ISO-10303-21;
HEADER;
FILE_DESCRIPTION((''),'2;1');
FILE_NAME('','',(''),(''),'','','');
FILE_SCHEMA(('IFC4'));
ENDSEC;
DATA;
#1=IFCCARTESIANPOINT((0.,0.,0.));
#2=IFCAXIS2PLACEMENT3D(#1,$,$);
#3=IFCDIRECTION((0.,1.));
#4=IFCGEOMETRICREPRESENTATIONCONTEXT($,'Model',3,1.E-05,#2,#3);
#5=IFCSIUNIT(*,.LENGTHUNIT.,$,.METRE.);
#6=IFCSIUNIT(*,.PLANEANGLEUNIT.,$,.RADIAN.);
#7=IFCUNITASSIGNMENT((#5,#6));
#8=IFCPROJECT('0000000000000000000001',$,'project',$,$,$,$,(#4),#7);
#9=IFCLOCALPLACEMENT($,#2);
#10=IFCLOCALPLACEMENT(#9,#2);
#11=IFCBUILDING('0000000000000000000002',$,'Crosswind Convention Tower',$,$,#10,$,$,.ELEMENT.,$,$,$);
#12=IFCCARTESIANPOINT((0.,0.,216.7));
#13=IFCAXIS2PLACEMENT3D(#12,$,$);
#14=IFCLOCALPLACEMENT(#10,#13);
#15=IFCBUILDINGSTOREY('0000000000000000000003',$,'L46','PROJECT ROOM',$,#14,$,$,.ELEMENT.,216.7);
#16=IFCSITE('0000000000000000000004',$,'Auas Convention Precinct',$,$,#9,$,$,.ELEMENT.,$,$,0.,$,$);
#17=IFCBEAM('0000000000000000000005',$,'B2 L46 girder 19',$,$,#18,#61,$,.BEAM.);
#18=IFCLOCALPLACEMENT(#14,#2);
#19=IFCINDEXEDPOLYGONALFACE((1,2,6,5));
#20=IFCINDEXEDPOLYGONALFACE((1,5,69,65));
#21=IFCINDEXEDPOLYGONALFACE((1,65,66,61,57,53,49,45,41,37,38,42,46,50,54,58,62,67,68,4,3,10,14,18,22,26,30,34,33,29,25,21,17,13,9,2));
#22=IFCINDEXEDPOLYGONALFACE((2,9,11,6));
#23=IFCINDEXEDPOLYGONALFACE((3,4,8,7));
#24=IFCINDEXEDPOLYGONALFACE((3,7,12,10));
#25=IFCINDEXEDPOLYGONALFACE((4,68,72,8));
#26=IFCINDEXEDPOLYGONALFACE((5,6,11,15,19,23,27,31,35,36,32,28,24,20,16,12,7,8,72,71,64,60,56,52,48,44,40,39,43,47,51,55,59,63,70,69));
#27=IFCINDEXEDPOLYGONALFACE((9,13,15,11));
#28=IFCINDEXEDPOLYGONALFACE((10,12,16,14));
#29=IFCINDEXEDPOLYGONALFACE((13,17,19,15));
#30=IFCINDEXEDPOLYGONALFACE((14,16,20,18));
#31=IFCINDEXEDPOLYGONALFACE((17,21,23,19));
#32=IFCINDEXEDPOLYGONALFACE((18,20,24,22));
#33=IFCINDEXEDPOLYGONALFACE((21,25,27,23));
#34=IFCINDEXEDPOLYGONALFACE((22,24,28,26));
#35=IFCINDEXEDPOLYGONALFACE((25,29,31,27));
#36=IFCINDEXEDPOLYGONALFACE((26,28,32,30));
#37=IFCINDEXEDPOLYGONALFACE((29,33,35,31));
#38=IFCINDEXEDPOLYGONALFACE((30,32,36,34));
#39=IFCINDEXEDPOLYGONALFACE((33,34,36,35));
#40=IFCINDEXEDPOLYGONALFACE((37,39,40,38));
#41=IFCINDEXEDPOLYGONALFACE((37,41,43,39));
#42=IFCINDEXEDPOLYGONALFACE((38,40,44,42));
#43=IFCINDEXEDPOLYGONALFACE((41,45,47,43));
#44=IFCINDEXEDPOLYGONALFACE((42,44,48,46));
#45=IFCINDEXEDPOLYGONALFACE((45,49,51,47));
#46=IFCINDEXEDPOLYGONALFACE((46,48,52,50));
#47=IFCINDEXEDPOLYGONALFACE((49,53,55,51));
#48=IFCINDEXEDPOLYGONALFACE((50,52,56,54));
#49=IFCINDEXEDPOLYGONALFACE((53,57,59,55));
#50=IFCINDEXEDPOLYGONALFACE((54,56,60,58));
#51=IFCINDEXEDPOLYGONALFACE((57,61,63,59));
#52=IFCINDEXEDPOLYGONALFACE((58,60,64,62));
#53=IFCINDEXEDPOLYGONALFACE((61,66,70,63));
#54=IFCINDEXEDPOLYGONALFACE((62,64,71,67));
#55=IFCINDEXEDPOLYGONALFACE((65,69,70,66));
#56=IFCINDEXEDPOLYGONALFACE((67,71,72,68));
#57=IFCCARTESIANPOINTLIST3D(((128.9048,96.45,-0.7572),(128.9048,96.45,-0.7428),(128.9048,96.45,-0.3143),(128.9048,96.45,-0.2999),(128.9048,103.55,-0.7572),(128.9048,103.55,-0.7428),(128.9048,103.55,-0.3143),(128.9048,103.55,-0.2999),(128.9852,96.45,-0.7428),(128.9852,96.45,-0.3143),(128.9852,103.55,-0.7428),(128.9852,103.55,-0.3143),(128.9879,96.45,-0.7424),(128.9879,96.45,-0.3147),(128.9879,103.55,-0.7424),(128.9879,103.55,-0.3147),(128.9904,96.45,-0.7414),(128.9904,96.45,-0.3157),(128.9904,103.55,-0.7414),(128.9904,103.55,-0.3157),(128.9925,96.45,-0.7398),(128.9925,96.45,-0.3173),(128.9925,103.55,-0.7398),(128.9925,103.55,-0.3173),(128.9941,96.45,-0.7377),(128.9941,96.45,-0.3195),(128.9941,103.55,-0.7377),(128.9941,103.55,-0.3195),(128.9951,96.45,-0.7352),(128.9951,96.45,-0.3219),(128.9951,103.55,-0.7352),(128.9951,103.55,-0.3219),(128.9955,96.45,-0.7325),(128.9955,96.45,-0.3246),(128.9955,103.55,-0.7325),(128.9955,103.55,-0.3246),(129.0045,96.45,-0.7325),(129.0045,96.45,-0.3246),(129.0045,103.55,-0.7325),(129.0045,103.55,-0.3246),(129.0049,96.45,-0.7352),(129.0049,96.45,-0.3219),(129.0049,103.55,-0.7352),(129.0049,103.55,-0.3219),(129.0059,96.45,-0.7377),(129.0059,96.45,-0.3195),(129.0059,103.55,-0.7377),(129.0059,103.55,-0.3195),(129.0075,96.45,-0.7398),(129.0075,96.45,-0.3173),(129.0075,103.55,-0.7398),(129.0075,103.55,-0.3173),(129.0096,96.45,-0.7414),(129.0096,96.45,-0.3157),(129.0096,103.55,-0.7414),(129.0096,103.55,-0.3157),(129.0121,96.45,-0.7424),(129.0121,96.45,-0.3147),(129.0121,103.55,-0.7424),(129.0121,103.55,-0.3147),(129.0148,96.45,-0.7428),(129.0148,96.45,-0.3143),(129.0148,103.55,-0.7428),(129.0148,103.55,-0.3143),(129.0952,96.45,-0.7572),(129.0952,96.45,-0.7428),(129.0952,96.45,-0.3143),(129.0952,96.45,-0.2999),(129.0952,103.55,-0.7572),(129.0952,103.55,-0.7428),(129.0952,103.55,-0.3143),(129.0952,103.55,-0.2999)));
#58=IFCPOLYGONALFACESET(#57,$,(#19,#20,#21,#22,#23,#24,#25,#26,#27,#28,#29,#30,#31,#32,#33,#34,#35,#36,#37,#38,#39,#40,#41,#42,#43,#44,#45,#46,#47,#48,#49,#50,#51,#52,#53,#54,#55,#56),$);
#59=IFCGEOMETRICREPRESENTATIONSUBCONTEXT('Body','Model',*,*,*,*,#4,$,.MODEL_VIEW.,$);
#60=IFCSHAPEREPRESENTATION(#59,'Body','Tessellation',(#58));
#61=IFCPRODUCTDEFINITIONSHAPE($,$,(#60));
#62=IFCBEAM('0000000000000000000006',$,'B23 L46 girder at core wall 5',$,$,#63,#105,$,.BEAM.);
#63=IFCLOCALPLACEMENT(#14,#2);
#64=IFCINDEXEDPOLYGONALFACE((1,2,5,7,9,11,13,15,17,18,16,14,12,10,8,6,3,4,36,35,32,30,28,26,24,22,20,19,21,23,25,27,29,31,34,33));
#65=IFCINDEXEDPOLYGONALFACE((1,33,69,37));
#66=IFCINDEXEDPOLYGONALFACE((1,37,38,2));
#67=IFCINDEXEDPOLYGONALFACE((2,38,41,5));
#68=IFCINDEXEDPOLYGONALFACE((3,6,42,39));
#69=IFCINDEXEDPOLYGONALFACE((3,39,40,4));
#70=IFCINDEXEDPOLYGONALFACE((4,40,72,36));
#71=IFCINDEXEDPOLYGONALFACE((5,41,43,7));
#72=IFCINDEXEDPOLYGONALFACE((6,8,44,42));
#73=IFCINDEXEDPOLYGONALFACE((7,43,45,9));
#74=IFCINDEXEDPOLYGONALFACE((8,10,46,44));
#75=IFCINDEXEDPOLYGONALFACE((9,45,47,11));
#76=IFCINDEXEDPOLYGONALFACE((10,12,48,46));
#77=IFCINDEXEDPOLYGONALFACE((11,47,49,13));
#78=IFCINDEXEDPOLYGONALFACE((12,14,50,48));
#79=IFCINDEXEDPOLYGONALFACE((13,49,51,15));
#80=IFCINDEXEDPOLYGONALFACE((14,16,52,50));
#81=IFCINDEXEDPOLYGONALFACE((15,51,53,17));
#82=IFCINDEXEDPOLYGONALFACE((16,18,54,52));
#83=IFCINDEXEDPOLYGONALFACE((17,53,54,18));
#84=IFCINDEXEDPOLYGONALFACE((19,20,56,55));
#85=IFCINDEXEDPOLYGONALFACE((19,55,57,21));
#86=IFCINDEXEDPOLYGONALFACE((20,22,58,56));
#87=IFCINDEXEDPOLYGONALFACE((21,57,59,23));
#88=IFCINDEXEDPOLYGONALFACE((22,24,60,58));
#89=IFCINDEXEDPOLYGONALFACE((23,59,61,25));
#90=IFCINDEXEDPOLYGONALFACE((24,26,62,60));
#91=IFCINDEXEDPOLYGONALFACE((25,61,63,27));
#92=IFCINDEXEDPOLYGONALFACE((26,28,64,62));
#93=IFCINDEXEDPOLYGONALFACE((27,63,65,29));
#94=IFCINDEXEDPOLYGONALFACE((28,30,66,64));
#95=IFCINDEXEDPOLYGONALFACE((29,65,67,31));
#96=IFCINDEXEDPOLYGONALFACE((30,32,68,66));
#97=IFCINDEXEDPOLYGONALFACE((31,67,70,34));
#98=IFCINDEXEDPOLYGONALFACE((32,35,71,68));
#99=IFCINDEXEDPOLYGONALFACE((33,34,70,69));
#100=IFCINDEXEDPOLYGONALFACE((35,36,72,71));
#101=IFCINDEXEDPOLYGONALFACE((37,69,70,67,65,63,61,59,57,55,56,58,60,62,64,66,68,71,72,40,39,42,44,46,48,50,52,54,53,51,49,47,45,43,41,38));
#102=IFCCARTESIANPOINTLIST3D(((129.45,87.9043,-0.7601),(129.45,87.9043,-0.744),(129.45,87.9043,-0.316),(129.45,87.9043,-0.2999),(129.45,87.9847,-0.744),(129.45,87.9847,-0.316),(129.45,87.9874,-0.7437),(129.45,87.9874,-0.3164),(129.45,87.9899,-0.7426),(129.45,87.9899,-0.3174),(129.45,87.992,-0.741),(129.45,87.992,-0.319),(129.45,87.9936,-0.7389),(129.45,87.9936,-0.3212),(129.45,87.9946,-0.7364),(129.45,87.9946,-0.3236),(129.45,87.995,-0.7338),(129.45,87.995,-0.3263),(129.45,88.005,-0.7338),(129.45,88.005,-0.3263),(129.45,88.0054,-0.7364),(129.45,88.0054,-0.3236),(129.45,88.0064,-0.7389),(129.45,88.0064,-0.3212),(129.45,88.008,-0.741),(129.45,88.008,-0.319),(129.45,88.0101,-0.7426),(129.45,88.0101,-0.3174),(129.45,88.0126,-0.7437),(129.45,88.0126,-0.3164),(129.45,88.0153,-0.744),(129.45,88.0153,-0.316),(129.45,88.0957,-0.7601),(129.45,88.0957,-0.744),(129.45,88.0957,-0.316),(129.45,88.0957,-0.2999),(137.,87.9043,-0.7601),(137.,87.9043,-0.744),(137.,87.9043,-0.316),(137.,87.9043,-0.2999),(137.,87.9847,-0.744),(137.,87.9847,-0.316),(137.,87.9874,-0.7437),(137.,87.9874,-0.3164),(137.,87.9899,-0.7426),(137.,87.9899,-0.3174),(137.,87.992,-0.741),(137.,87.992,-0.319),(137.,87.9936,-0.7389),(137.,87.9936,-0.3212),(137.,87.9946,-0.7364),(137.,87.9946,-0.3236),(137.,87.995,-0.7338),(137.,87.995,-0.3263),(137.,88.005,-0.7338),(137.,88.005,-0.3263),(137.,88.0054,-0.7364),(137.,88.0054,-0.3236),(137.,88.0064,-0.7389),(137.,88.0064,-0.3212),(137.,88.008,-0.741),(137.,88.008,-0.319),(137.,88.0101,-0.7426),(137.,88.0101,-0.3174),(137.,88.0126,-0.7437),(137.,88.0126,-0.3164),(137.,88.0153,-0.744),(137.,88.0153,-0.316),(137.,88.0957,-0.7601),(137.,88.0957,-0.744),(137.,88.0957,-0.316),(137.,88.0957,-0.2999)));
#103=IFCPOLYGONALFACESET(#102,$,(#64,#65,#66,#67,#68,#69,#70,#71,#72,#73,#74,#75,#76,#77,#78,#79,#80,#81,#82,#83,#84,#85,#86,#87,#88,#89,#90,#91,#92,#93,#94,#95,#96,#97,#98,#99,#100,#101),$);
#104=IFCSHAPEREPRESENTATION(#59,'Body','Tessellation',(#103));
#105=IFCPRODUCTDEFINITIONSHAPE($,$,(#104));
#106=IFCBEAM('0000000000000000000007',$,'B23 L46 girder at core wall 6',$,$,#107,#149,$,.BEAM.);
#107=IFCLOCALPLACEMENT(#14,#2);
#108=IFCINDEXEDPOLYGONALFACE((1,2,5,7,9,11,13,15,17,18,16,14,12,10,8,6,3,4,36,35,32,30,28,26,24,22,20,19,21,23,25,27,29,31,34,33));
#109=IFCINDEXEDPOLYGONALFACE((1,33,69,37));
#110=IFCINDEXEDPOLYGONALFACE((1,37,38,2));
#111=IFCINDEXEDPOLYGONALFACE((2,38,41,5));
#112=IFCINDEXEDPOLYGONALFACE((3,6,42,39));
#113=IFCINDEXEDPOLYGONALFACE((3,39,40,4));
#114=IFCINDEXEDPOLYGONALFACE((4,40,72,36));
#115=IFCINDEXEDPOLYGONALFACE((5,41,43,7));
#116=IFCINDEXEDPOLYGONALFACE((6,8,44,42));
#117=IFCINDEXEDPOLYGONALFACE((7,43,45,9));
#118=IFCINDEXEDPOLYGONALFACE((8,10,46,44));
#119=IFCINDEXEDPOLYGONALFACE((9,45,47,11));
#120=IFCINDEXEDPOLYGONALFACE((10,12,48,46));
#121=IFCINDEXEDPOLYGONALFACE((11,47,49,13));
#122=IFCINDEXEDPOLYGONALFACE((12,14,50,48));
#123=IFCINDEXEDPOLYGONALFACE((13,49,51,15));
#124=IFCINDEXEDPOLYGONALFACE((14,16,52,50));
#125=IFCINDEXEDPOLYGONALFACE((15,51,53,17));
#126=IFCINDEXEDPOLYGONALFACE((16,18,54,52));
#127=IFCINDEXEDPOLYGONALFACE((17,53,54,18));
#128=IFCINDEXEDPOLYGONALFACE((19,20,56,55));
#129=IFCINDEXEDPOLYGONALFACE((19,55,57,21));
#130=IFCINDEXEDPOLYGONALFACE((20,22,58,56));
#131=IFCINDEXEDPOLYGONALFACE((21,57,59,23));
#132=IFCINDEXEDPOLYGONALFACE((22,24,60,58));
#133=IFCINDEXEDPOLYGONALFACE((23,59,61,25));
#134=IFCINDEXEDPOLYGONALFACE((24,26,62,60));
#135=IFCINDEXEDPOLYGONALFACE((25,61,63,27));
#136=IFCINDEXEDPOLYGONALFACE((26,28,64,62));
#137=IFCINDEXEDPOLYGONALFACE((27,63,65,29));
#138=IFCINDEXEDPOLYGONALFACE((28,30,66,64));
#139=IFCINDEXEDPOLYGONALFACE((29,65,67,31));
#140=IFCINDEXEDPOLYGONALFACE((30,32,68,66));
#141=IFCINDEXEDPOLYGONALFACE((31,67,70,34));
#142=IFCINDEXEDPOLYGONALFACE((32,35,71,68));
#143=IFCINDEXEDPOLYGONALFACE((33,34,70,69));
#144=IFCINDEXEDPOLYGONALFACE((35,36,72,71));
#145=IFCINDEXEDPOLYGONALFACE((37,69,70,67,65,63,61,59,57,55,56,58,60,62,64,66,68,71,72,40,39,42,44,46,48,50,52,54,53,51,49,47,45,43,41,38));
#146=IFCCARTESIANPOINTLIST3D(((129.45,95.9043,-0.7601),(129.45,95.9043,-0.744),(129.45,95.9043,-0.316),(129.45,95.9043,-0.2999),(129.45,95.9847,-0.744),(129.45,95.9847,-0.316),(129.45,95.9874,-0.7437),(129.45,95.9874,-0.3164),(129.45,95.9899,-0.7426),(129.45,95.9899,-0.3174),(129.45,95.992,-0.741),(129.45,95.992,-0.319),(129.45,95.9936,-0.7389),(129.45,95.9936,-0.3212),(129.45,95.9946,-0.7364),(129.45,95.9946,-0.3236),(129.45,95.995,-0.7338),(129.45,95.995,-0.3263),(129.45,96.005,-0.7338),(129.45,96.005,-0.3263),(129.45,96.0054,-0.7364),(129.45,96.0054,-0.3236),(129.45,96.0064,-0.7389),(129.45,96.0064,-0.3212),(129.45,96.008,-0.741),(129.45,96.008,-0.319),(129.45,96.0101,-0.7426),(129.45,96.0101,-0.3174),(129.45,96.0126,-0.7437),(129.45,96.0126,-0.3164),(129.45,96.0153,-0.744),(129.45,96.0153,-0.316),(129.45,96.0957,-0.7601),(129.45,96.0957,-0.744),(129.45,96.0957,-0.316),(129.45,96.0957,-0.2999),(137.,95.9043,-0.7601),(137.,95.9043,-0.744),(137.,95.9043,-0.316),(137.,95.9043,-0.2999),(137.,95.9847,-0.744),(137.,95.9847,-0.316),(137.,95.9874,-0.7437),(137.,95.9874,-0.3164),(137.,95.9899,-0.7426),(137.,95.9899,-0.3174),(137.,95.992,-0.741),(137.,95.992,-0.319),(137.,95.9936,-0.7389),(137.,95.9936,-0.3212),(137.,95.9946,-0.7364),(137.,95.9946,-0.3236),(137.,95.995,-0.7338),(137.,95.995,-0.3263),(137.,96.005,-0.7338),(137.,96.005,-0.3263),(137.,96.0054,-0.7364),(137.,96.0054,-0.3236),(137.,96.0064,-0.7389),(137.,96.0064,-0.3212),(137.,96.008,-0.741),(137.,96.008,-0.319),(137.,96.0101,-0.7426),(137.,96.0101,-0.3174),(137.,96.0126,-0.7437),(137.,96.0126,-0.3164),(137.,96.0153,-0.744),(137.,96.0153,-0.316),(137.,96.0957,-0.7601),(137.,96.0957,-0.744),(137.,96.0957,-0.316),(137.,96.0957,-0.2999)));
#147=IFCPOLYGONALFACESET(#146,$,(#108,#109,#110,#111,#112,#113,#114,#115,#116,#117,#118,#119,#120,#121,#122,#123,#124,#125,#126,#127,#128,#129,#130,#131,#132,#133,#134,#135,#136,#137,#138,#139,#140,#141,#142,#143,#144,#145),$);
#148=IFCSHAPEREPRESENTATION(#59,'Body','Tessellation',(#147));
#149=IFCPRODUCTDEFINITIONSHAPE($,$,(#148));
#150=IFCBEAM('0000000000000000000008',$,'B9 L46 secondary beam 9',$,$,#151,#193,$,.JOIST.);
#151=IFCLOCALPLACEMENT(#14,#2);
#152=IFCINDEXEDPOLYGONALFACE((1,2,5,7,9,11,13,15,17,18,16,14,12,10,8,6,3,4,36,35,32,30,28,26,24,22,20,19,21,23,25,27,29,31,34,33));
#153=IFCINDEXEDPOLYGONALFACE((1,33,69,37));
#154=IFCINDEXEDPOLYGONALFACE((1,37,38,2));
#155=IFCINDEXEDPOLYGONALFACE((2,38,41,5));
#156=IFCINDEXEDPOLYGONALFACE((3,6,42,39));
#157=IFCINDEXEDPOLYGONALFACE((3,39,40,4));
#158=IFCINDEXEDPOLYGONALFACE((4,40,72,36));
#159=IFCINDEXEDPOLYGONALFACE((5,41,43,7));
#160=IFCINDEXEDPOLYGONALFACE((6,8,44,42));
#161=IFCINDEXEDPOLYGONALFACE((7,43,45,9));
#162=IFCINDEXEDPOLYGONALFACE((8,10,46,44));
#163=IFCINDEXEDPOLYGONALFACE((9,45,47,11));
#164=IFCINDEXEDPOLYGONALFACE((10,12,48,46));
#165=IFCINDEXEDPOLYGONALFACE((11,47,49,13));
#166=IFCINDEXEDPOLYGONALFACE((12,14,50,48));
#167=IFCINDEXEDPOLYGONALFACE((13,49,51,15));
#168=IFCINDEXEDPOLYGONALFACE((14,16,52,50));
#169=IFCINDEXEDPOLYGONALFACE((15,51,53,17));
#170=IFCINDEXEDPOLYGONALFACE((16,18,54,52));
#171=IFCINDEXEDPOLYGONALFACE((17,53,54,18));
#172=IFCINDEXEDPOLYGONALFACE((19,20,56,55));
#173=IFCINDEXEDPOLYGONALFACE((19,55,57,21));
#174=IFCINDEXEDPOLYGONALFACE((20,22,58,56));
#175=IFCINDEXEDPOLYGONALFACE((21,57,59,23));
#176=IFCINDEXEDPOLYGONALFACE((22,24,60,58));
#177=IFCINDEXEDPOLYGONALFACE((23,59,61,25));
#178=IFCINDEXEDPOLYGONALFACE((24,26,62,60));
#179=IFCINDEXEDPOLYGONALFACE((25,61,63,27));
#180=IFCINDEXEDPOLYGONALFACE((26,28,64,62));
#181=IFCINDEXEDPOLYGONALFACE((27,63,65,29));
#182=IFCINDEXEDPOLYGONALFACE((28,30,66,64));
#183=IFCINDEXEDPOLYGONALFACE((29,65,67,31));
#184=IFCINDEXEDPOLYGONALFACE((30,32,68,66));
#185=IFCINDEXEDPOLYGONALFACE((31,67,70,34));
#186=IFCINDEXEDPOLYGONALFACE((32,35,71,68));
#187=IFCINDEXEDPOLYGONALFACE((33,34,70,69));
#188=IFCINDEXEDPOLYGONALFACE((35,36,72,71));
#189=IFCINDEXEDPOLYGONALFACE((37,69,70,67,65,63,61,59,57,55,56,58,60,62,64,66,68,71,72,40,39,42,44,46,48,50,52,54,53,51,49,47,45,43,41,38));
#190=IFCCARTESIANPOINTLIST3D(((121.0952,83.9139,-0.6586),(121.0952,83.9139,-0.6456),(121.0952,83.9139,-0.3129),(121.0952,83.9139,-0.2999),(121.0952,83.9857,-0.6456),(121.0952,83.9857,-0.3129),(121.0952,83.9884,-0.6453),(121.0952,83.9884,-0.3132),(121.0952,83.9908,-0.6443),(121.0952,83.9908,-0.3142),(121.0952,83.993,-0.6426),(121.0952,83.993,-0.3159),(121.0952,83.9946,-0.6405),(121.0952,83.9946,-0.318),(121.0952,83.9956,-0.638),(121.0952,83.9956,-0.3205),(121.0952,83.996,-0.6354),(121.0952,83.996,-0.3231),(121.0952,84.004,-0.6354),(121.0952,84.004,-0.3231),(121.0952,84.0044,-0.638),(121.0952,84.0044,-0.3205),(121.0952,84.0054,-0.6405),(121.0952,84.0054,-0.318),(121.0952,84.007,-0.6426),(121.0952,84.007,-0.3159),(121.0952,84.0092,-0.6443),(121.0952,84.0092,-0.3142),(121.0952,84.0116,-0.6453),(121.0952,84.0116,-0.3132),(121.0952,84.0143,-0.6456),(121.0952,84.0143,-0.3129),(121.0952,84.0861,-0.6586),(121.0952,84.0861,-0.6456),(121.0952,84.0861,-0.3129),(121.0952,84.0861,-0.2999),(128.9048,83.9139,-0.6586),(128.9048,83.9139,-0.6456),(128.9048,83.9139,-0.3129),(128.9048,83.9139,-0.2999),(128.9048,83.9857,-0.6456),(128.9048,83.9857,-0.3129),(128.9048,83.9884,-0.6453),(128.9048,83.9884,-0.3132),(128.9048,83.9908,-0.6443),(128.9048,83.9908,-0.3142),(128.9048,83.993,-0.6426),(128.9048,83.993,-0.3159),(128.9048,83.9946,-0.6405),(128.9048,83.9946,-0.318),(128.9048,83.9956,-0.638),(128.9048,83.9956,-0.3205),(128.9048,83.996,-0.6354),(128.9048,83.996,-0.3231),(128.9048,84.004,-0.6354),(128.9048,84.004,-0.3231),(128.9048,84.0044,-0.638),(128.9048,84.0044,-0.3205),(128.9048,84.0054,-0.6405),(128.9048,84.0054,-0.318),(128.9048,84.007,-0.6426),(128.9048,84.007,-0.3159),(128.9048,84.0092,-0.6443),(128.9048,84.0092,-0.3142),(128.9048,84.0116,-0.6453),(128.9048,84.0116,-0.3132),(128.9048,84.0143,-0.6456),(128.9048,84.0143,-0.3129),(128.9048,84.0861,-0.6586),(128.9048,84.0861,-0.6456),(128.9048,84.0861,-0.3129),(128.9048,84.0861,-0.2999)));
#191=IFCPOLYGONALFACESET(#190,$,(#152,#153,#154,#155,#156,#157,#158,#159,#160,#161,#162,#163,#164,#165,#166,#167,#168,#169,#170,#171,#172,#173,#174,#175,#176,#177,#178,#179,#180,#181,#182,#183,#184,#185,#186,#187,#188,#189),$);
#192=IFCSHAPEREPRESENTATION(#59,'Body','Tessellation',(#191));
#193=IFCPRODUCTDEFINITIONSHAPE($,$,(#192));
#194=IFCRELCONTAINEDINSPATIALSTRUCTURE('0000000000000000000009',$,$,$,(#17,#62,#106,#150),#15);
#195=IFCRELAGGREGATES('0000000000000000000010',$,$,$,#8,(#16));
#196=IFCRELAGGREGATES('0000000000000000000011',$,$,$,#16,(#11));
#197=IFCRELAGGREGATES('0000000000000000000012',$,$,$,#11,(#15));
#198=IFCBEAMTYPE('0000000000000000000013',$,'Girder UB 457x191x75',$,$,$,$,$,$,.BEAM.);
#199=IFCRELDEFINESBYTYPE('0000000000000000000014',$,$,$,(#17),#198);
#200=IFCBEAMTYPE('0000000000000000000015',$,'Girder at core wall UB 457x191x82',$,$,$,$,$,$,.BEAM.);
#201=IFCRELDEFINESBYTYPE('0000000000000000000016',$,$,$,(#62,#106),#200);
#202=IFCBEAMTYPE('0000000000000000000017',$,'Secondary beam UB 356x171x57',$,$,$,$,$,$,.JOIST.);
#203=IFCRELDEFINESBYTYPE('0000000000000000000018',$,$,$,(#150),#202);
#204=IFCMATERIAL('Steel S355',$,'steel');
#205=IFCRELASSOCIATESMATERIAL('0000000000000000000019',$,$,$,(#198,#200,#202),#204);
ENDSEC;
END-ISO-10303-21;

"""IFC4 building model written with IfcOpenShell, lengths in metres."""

from ifc_helpers import new_model, si_unit, direction, frame, origin, origin_2d, place, context, subcontext, project, spatial, i_section, extrude, material, material_profile, profile_set, type_object, element, save


model = new_model("IFC4")

# Units and contexts
model_context = context("Model", 3, precision=1e-05, world=origin(), true_north=direction((0.0, 1.0)))
body_context = subcontext(model_context, "Body", "Model", "MODEL_VIEW")
ifc_project = project(units=[si_unit("LENGTHUNIT", "METRE"), si_unit("PLANEANGLEUNIT", "RADIAN")], contexts=[model_context])

# Site, building, storey
site_placement = place(None, origin())
site = spatial("IfcSite", under=ifc_project, at=site_placement, Name="Auas Convention Precinct", CompositionType="ELEMENT", RefElevation=0.0)
building_placement = place(site_placement, origin())
building = spatial("IfcBuilding", under=site, at=building_placement, Name="Crosswind Convention Tower", CompositionType="ELEMENT")
storey_placement = place(building_placement, frame((0.0, 0.0, 216.7)))
storey = spatial("IfcBuildingStorey", under=building, at=storey_placement, Name="L46", Description="PROJECT ROOM", CompositionType="ELEMENT", Elevation=216.7)

# Beams
ifc_material_1 = material(Name="Steel S355", Category="steel")
ifc_material_profile_1 = material_profile(ifc_material_1, i_section(OverallWidth=0.1904, OverallDepth=0.4573, WebThickness=0.009, FlangeThickness=0.0144, FilletRadius=0.0103, at=origin_2d()), Name="UB 457x191x75")
ifc_profile_set_1 = profile_set([ifc_material_profile_1], Name="Steel S355")
beam_type_1 = type_object("IfcBeamType", Name="Girder UB 457x191x75", PredefinedType="BEAM", material=ifc_profile_set_1)
for number, where, z_axis, x_axis, name in (
    (1, (129.0, 96.45, -0.5286), (0.0, 1.0, 0.0), (-1.0, 0.0, 0.0), "B2 L46 girder 19"),
):
    element("IfcBeam", number, at=place(storey_placement, frame(where, z_axis=z_axis, x_axis=x_axis)), inside=storey, type_object=beam_type_1, Name=name, PredefinedType="BEAM", context=body_context, shape_type="SweptSolid", body=[
        extrude(i_section(OverallWidth=0.1904, OverallDepth=0.4573, WebThickness=0.009, FlangeThickness=0.0144, FilletRadius=0.0103, at=origin_2d()), origin(), (0.0, 0.0, 1.0), 7.1001),
    ])
ifc_material_profile_2 = material_profile(ifc_material_1, i_section(OverallWidth=0.1914, OverallDepth=0.4602, WebThickness=0.01, FlangeThickness=0.0161, FilletRadius=0.0103, at=origin_2d()), Name="UB 457x191x82")
ifc_profile_set_2 = profile_set([ifc_material_profile_2], Name="Steel S355")
beam_type_2 = type_object("IfcBeamType", Name="Girder at core wall UB 457x191x82", PredefinedType="BEAM", material=ifc_profile_set_2)
for number, where, z_axis, x_axis, name in (
    (2, (129.45, 88.0, -0.53), (1.0, 0.0, 0.0), (0.0, 1.0, 0.0), "B23 L46 girder at core wall 5"),
    (3, (129.45, 96.0, -0.53), (1.0, 0.0, 0.0), (0.0, 1.0, 0.0), "B23 L46 girder at core wall 6"),
):
    element("IfcBeam", number, at=place(storey_placement, frame(where, z_axis=z_axis, x_axis=x_axis)), inside=storey, type_object=beam_type_2, Name=name, PredefinedType="BEAM", context=body_context, shape_type="SweptSolid", body=[
        extrude(i_section(OverallWidth=0.1914, OverallDepth=0.4602, WebThickness=0.01, FlangeThickness=0.0161, FilletRadius=0.0103, at=origin_2d()), origin(), (0.0, 0.0, 1.0), 7.55),
    ])
ifc_material_profile_3 = material_profile(ifc_material_1, i_section(OverallWidth=0.1721, OverallDepth=0.3586, WebThickness=0.0081, FlangeThickness=0.0129, FilletRadius=0.0103, at=origin_2d()), Name="UB 356x171x57")
ifc_profile_set_3 = profile_set([ifc_material_profile_3], Name="Steel S355")
beam_type_3 = type_object("IfcBeamType", Name="Secondary beam UB 356x171x57", PredefinedType="JOIST", material=ifc_profile_set_3)
for number, where, z_axis, x_axis, name in (
    (4, (121.0952, 84.0, -0.4792), (1.0, 0.0, 0.0), (0.0, 1.0, 0.0), "B9 L46 secondary beam 9"),
):
    element("IfcBeam", number, at=place(storey_placement, frame(where, z_axis=z_axis, x_axis=x_axis)), inside=storey, type_object=beam_type_3, Name=name, PredefinedType="JOIST", context=body_context, shape_type="SweptSolid", body=[
        extrude(i_section(OverallWidth=0.1721, OverallDepth=0.3586, WebThickness=0.0081, FlangeThickness=0.0129, FilletRadius=0.0103, at=origin_2d()), origin(), (0.0, 0.0, 1.0), 7.8096),
    ])

save(model, "model.ifc")
